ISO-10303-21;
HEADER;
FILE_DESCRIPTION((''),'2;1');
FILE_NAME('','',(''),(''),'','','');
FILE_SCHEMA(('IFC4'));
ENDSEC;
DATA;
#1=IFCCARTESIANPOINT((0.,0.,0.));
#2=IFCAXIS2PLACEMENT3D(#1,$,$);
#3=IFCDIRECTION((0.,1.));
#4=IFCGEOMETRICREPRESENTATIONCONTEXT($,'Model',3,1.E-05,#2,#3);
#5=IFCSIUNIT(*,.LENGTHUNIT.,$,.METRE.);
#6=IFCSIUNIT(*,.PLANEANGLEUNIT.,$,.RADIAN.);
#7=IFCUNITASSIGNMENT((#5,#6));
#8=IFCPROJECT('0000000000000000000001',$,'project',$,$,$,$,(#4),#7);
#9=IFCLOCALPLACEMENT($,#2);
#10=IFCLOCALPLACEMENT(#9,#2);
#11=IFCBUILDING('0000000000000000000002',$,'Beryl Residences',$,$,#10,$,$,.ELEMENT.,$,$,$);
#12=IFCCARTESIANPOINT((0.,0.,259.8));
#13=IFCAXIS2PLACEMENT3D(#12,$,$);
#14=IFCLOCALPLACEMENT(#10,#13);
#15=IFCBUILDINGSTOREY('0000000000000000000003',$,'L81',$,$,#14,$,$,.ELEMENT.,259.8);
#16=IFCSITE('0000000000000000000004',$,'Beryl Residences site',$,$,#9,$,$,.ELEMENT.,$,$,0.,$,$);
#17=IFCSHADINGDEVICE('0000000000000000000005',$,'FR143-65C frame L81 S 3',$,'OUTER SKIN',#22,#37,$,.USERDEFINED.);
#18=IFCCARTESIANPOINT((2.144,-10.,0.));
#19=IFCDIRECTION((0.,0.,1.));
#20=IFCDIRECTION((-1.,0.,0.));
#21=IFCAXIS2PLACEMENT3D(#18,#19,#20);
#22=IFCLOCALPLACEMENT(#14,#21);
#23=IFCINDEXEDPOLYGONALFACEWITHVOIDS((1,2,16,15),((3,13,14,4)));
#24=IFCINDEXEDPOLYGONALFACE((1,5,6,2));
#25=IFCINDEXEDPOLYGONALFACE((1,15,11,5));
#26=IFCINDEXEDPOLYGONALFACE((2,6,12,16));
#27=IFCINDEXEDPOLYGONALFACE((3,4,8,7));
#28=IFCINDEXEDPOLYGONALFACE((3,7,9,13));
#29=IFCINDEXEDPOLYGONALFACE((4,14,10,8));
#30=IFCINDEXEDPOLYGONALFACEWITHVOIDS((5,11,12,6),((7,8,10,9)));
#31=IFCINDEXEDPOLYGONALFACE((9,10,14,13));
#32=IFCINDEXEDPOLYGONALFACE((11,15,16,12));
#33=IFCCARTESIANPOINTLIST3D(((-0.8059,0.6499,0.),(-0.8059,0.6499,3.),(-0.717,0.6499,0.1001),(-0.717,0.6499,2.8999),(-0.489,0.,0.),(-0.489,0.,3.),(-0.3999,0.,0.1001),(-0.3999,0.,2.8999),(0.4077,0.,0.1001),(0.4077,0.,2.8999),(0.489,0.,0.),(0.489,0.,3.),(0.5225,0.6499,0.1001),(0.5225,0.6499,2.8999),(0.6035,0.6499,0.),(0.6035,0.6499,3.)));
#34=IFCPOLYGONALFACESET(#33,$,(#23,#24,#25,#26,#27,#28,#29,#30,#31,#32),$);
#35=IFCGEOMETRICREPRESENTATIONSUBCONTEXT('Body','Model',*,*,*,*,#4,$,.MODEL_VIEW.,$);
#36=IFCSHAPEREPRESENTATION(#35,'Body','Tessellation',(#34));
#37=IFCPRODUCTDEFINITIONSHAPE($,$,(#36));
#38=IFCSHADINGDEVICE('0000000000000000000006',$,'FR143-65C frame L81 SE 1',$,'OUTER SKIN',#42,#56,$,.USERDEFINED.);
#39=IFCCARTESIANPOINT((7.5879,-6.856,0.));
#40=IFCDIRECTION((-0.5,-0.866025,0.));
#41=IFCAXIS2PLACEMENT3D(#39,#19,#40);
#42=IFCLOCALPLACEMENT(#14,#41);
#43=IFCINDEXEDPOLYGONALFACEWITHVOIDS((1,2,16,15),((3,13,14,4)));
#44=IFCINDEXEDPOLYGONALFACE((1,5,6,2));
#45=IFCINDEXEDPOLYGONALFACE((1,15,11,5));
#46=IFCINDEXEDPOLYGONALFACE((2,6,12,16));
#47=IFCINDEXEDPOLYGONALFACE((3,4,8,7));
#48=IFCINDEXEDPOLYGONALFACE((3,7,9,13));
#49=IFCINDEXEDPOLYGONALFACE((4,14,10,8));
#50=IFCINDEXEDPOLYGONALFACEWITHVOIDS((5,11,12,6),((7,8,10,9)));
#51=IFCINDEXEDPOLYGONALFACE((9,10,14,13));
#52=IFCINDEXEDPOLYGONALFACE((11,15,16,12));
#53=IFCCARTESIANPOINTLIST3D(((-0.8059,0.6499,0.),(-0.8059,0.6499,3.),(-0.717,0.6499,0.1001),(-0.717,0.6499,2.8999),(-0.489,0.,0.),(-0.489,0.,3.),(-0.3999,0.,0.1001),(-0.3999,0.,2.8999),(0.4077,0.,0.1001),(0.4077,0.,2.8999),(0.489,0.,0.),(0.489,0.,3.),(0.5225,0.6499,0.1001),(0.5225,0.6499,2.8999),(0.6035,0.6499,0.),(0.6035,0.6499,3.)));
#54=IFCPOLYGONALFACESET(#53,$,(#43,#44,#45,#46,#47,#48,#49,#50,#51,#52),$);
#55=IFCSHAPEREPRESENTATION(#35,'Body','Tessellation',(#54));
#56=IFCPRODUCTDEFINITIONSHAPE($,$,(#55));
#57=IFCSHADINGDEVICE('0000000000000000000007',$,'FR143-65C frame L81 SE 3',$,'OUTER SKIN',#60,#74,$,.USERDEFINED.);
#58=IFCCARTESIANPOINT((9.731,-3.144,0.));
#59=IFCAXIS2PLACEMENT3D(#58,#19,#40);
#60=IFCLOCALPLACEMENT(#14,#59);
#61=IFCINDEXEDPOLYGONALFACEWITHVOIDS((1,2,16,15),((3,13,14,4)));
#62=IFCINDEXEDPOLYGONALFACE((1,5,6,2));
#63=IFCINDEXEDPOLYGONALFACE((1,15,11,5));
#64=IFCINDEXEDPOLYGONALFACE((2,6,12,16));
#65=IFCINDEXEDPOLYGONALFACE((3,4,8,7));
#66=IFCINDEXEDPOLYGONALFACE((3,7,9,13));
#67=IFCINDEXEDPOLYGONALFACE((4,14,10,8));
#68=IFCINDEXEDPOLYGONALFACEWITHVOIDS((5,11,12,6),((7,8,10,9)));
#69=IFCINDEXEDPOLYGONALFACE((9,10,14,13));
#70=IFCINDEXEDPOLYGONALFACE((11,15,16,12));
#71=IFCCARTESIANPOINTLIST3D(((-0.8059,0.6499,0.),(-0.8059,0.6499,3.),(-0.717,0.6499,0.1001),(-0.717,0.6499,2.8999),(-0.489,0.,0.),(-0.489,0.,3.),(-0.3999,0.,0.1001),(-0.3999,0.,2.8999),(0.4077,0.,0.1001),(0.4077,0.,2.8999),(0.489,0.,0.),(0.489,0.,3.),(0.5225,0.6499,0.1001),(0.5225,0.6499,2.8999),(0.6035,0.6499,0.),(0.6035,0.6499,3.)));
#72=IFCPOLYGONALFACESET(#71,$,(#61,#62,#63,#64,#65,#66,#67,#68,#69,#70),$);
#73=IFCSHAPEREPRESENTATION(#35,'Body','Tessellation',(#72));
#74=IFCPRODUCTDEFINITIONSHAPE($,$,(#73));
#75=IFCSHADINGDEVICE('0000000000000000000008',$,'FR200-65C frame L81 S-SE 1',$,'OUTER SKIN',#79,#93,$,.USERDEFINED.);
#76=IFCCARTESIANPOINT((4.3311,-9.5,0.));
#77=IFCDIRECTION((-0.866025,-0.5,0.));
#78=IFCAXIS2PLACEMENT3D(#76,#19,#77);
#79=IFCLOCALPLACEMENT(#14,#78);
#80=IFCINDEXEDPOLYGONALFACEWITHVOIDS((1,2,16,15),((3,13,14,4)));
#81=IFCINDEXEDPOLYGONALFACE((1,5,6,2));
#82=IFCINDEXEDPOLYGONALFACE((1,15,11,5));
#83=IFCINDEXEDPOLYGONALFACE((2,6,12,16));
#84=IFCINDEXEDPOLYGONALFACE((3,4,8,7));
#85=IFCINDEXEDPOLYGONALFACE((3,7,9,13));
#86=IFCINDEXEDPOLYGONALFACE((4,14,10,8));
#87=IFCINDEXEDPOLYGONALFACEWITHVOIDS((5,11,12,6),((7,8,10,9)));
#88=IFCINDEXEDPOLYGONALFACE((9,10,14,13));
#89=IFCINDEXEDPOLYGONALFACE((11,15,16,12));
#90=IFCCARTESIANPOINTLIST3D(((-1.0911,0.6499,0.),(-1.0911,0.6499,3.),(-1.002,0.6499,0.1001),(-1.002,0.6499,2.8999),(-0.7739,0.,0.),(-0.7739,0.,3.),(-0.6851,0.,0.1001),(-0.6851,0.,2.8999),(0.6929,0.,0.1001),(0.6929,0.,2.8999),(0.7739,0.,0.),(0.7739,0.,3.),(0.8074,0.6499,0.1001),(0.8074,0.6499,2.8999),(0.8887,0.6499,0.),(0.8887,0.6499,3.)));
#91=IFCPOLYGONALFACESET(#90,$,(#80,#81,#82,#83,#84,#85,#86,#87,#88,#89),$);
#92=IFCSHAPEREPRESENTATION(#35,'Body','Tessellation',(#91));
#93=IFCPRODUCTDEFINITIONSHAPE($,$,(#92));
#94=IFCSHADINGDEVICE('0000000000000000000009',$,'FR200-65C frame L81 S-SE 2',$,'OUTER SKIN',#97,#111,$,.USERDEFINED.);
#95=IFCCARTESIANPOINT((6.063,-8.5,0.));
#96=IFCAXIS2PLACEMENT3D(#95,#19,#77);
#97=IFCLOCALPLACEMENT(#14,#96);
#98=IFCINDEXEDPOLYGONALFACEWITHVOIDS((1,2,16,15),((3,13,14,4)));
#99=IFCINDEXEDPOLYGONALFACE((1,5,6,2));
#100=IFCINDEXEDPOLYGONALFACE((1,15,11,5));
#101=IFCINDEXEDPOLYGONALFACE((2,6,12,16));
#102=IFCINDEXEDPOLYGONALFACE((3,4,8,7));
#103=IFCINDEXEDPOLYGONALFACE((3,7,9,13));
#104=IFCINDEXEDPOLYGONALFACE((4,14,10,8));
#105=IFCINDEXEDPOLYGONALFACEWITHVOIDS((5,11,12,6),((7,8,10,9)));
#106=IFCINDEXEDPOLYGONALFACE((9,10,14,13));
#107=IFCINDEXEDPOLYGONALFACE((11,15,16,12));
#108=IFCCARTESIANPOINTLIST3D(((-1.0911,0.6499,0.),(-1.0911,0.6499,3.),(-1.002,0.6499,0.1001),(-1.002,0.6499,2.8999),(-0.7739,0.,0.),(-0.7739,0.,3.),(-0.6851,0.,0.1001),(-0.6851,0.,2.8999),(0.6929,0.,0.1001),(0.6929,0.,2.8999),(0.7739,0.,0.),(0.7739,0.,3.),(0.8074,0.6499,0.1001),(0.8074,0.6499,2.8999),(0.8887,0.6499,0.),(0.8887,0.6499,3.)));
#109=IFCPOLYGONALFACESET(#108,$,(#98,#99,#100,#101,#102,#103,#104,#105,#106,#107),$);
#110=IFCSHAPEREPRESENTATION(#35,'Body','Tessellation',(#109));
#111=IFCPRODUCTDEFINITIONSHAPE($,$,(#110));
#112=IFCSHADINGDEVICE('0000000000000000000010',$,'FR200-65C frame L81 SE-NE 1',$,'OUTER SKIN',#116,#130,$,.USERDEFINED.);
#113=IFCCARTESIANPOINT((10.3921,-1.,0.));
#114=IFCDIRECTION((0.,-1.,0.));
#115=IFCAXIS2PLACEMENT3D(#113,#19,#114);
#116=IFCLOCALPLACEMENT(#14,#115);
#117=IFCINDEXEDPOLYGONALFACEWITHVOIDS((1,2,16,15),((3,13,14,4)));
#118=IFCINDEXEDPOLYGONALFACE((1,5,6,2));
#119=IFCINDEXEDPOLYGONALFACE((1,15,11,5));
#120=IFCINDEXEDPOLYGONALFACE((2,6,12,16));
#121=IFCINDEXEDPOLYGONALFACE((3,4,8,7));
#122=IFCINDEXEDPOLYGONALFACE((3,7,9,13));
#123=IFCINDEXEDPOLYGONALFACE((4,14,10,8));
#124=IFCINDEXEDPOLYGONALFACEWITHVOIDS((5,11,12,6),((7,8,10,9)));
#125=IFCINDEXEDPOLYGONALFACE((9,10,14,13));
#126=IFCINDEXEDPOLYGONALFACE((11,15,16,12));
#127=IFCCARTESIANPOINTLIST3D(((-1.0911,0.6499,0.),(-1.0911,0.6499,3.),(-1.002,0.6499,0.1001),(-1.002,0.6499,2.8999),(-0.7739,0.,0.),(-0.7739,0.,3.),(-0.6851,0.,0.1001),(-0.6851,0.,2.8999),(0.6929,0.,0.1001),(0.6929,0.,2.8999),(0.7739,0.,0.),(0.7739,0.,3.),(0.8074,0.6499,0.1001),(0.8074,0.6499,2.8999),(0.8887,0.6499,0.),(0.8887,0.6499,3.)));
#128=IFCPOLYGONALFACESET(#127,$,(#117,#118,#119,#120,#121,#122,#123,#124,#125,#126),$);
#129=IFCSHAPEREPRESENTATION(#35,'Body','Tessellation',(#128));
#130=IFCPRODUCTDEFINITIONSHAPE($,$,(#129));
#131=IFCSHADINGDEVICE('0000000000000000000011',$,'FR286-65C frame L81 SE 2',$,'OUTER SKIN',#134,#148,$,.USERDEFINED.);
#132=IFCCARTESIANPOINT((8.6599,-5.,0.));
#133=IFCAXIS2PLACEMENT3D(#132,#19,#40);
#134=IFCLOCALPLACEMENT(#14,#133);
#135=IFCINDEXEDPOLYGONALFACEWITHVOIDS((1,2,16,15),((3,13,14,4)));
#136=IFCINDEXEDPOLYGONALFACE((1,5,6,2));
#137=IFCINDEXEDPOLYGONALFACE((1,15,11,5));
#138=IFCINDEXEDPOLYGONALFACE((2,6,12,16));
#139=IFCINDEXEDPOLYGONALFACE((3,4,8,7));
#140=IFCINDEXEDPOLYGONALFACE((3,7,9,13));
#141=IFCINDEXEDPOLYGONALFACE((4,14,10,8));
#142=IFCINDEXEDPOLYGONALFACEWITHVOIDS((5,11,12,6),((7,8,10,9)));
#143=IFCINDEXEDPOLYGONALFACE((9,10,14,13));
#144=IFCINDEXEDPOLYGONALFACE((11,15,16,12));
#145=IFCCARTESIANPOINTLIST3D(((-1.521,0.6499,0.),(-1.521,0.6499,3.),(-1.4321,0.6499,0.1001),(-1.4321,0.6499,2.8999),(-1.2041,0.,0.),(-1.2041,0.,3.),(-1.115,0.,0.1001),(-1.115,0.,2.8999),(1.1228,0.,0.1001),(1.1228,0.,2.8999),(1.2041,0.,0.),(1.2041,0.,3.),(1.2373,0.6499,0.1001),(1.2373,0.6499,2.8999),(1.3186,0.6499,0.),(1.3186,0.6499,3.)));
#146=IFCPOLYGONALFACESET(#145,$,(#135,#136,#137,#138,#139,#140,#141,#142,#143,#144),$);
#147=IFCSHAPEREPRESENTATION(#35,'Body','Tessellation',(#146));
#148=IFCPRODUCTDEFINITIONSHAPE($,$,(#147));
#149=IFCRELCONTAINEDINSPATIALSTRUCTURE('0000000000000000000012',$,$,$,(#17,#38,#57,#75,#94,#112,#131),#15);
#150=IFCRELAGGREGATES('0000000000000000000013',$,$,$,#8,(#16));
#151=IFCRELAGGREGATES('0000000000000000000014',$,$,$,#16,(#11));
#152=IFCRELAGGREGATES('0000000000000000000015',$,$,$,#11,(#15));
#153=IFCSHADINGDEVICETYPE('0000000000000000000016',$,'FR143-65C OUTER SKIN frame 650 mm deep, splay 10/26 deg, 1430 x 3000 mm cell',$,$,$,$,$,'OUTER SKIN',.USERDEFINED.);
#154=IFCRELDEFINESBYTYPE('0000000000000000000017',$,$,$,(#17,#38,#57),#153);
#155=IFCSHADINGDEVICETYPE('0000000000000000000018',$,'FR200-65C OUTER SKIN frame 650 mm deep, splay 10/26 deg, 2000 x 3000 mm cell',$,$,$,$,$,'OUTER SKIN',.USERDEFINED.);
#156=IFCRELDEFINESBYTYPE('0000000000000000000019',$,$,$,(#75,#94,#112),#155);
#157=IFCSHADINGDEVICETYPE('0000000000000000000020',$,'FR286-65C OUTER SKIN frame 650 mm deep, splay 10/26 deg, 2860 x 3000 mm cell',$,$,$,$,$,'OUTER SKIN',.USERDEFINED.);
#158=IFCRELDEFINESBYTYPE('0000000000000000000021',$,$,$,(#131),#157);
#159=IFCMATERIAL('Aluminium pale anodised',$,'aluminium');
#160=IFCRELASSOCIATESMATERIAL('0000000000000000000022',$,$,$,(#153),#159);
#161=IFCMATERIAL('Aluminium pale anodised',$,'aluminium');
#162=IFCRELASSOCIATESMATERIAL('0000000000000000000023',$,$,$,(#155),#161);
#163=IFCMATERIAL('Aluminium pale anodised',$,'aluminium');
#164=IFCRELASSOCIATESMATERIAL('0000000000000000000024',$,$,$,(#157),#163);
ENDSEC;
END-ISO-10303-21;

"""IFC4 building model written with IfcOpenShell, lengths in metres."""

from ifc_helpers import new_model, entity, si_unit, direction, frame, origin, place, context, subcontext, project, spatial, source, transform, mapped, material, type_object, type_shapes, element, save


model = new_model("IFC4")

# Units and contexts
model_context = context("Model", 3, precision=1e-05, world=origin(), true_north=direction((0.0, 1.0)))
body_context = subcontext(model_context, "Body", "Model", "MODEL_VIEW")
ifc_project = project(units=[si_unit("LENGTHUNIT", "METRE"), si_unit("PLANEANGLEUNIT", "RADIAN")], contexts=[model_context])

# Site, building, storey
site_placement = place(None, origin())
site = spatial("IfcSite", under=ifc_project, at=site_placement, Name="Beryl Residences site", CompositionType="ELEMENT", RefElevation=0.0)
building_placement = place(site_placement, origin())
building = spatial("IfcBuilding", under=site, at=building_placement, Name="Beryl Residences", CompositionType="ELEMENT")
storey_placement = place(building_placement, frame((0.0, 0.0, 259.8)))
storey = spatial("IfcBuildingStorey", under=building, at=storey_placement, Name="L81", CompositionType="ELEMENT", Elevation=259.8)

# Shading devices
ifc_material_1 = material(Name="Aluminium pale anodised", Category="aluminium")
shading_device_type_1 = type_object("IfcShadingDeviceType", Name="FR143-65C OUTER SKIN frame 650 mm deep, splay 10/26 deg, 1430 x 3000 mm cell", ElementType="OUTER SKIN", PredefinedType="USERDEFINED", material=ifc_material_1)
cartesian_point_1 = entity("IfcCartesianPoint", [-0.489, 0.0])
cartesian_point_2 = entity("IfcCartesianPoint", [-0.4077, 0.1001])
cartesian_point_3 = entity("IfcCartesianPoint", [-0.6035, 0.0])
cartesian_point_4 = entity("IfcCartesianPoint", [-0.5225, 0.1001])
shared_shape_1 = source(origin(), body_context, "Body", "SweptSolid", [
    entity("IfcExtrudedAreaSolidTapered", entity("IfcArbitraryProfileDefWithVoids", "AREA", None, entity("IfcPolyline", [cartesian_point_1, entity("IfcCartesianPoint", [0.489, 0.0]), entity("IfcCartesianPoint", [0.489, 3.0]), entity("IfcCartesianPoint", [-0.489, 3.0]), cartesian_point_1]), [entity("IfcPolyline", [cartesian_point_2, entity("IfcCartesianPoint", [0.3999, 0.1001]), entity("IfcCartesianPoint", [0.3999, 2.8999]), entity("IfcCartesianPoint", [-0.4077, 2.8999]), cartesian_point_2])]), entity("IfcAxis2Placement3D", entity("IfcCartesianPoint", [0.0, 0.0, 0.0]), entity("IfcDirection", [0.0, 1.0, 0.0]), entity("IfcDirection", [-1.0, 0.0, 0.0])), entity("IfcDirection", [0.0, 0.0, 1.0]), 0.6499, entity("IfcArbitraryProfileDefWithVoids", "AREA", None, entity("IfcPolyline", [cartesian_point_3, entity("IfcCartesianPoint", [0.8059, 0.0]), entity("IfcCartesianPoint", [0.8059, 3.0]), entity("IfcCartesianPoint", [-0.6035, 3.0]), cartesian_point_3]), [entity("IfcPolyline", [cartesian_point_4, entity("IfcCartesianPoint", [0.717, 0.1001]), entity("IfcCartesianPoint", [0.717, 2.8999]), entity("IfcCartesianPoint", [-0.5225, 2.8999]), cartesian_point_4])])),
])
type_shapes(shading_device_type_1, [shared_shape_1])
for number, where, z_axis, x_axis, name in (
    (1, (2.144, -10.0, 0.0), (0.0, 0.0, 1.0), (-1.0, 0.0, 0.0), "FR143-65C frame L81 S 3"),
    (2, (7.5879, -6.856, 0.0), (0.0, 0.0, 1.0), (-0.5, -0.866025, 0.0), "FR143-65C frame L81 SE 1"),
    (3, (9.731, -3.144, 0.0), (0.0, 0.0, 1.0), (-0.5, -0.866025, 0.0), "FR143-65C frame L81 SE 3"),
):
    element("IfcShadingDevice", number, at=place(storey_placement, frame(where, z_axis=z_axis, x_axis=x_axis)), inside=storey, type_object=shading_device_type_1, Name=name, ObjectType="OUTER SKIN", PredefinedType="USERDEFINED", context=body_context, shape_type="MappedRepresentation", body=[
        mapped(shared_shape_1, transform((0.0, 0.0, 0.0))),
    ])
ifc_material_2 = material(Name="Aluminium pale anodised", Category="aluminium")
shading_device_type_2 = type_object("IfcShadingDeviceType", Name="FR200-65C OUTER SKIN frame 650 mm deep, splay 10/26 deg, 2000 x 3000 mm cell", ElementType="OUTER SKIN", PredefinedType="USERDEFINED", material=ifc_material_2)
cartesian_point_5 = entity("IfcCartesianPoint", [-0.7739, 0.0])
cartesian_point_6 = entity("IfcCartesianPoint", [-0.6929, 0.1001])
cartesian_point_7 = entity("IfcCartesianPoint", [-0.8887, 0.0])
cartesian_point_8 = entity("IfcCartesianPoint", [-0.8074, 0.1001])
shared_shape_2 = source(origin(), body_context, "Body", "SweptSolid", [
    entity("IfcExtrudedAreaSolidTapered", entity("IfcArbitraryProfileDefWithVoids", "AREA", None, entity("IfcPolyline", [cartesian_point_5, entity("IfcCartesianPoint", [0.7739, 0.0]), entity("IfcCartesianPoint", [0.7739, 3.0]), entity("IfcCartesianPoint", [-0.7739, 3.0]), cartesian_point_5]), [entity("IfcPolyline", [cartesian_point_6, entity("IfcCartesianPoint", [0.6851, 0.1001]), entity("IfcCartesianPoint", [0.6851, 2.8999]), entity("IfcCartesianPoint", [-0.6929, 2.8999]), cartesian_point_6])]), entity("IfcAxis2Placement3D", entity("IfcCartesianPoint", [0.0, 0.0, 0.0]), entity("IfcDirection", [0.0, 1.0, 0.0]), entity("IfcDirection", [-1.0, 0.0, 0.0])), entity("IfcDirection", [0.0, 0.0, 1.0]), 0.6499, entity("IfcArbitraryProfileDefWithVoids", "AREA", None, entity("IfcPolyline", [cartesian_point_7, entity("IfcCartesianPoint", [1.0911, 0.0]), entity("IfcCartesianPoint", [1.0911, 3.0]), entity("IfcCartesianPoint", [-0.8887, 3.0]), cartesian_point_7]), [entity("IfcPolyline", [cartesian_point_8, entity("IfcCartesianPoint", [1.002, 0.1001]), entity("IfcCartesianPoint", [1.002, 2.8999]), entity("IfcCartesianPoint", [-0.8074, 2.8999]), cartesian_point_8])])),
])
type_shapes(shading_device_type_2, [shared_shape_2])
for number, where, z_axis, x_axis, name in (
    (4, (4.3311, -9.5, 0.0), (0.0, 0.0, 1.0), (-0.866025, -0.5, 0.0), "FR200-65C frame L81 S-SE 1"),
    (5, (6.063, -8.5, 0.0), (0.0, 0.0, 1.0), (-0.866025, -0.5, 0.0), "FR200-65C frame L81 S-SE 2"),
    (6, (10.3921, -1.0, 0.0), (0.0, 0.0, 1.0), (0.0, -1.0, 0.0), "FR200-65C frame L81 SE-NE 1"),
):
    element("IfcShadingDevice", number, at=place(storey_placement, frame(where, z_axis=z_axis, x_axis=x_axis)), inside=storey, type_object=shading_device_type_2, Name=name, ObjectType="OUTER SKIN", PredefinedType="USERDEFINED", context=body_context, shape_type="MappedRepresentation", body=[
        mapped(shared_shape_2, transform((0.0, 0.0, 0.0))),
    ])
ifc_material_3 = material(Name="Aluminium pale anodised", Category="aluminium")
shading_device_type_3 = type_object("IfcShadingDeviceType", Name="FR286-65C OUTER SKIN frame 650 mm deep, splay 10/26 deg, 2860 x 3000 mm cell", ElementType="OUTER SKIN", PredefinedType="USERDEFINED", material=ifc_material_3)
cartesian_point_9 = entity("IfcCartesianPoint", [-1.2041, 0.0])
cartesian_point_10 = entity("IfcCartesianPoint", [-1.1228, 0.1001])
cartesian_point_11 = entity("IfcCartesianPoint", [-1.3186, 0.0])
cartesian_point_12 = entity("IfcCartesianPoint", [-1.2373, 0.1001])
shared_shape_3 = source(origin(), body_context, "Body", "SweptSolid", [
    entity("IfcExtrudedAreaSolidTapered", entity("IfcArbitraryProfileDefWithVoids", "AREA", None, entity("IfcPolyline", [cartesian_point_9, entity("IfcCartesianPoint", [1.2041, 0.0]), entity("IfcCartesianPoint", [1.2041, 3.0]), entity("IfcCartesianPoint", [-1.2041, 3.0]), cartesian_point_9]), [entity("IfcPolyline", [cartesian_point_10, entity("IfcCartesianPoint", [1.115, 0.1001]), entity("IfcCartesianPoint", [1.115, 2.8999]), entity("IfcCartesianPoint", [-1.1228, 2.8999]), cartesian_point_10])]), entity("IfcAxis2Placement3D", entity("IfcCartesianPoint", [0.0, 0.0, 0.0]), entity("IfcDirection", [0.0, 1.0, 0.0]), entity("IfcDirection", [-1.0, 0.0, 0.0])), entity("IfcDirection", [0.0, 0.0, 1.0]), 0.6499, entity("IfcArbitraryProfileDefWithVoids", "AREA", None, entity("IfcPolyline", [cartesian_point_11, entity("IfcCartesianPoint", [1.521, 0.0]), entity("IfcCartesianPoint", [1.521, 3.0]), entity("IfcCartesianPoint", [-1.3186, 3.0]), cartesian_point_11]), [entity("IfcPolyline", [cartesian_point_12, entity("IfcCartesianPoint", [1.4321, 0.1001]), entity("IfcCartesianPoint", [1.4321, 2.8999]), entity("IfcCartesianPoint", [-1.2373, 2.8999]), cartesian_point_12])])),
])
type_shapes(shading_device_type_3, [shared_shape_3])
for number, where, z_axis, x_axis, name in (
    (7, (8.6599, -5.0, 0.0), (0.0, 0.0, 1.0), (-0.5, -0.866025, 0.0), "FR286-65C frame L81 SE 2"),
):
    element("IfcShadingDevice", number, at=place(storey_placement, frame(where, z_axis=z_axis, x_axis=x_axis)), inside=storey, type_object=shading_device_type_3, Name=name, ObjectType="OUTER SKIN", PredefinedType="USERDEFINED", context=body_context, shape_type="MappedRepresentation", body=[
        mapped(shared_shape_3, transform((0.0, 0.0, 0.0))),
    ])

save(model, "model.ifc")
